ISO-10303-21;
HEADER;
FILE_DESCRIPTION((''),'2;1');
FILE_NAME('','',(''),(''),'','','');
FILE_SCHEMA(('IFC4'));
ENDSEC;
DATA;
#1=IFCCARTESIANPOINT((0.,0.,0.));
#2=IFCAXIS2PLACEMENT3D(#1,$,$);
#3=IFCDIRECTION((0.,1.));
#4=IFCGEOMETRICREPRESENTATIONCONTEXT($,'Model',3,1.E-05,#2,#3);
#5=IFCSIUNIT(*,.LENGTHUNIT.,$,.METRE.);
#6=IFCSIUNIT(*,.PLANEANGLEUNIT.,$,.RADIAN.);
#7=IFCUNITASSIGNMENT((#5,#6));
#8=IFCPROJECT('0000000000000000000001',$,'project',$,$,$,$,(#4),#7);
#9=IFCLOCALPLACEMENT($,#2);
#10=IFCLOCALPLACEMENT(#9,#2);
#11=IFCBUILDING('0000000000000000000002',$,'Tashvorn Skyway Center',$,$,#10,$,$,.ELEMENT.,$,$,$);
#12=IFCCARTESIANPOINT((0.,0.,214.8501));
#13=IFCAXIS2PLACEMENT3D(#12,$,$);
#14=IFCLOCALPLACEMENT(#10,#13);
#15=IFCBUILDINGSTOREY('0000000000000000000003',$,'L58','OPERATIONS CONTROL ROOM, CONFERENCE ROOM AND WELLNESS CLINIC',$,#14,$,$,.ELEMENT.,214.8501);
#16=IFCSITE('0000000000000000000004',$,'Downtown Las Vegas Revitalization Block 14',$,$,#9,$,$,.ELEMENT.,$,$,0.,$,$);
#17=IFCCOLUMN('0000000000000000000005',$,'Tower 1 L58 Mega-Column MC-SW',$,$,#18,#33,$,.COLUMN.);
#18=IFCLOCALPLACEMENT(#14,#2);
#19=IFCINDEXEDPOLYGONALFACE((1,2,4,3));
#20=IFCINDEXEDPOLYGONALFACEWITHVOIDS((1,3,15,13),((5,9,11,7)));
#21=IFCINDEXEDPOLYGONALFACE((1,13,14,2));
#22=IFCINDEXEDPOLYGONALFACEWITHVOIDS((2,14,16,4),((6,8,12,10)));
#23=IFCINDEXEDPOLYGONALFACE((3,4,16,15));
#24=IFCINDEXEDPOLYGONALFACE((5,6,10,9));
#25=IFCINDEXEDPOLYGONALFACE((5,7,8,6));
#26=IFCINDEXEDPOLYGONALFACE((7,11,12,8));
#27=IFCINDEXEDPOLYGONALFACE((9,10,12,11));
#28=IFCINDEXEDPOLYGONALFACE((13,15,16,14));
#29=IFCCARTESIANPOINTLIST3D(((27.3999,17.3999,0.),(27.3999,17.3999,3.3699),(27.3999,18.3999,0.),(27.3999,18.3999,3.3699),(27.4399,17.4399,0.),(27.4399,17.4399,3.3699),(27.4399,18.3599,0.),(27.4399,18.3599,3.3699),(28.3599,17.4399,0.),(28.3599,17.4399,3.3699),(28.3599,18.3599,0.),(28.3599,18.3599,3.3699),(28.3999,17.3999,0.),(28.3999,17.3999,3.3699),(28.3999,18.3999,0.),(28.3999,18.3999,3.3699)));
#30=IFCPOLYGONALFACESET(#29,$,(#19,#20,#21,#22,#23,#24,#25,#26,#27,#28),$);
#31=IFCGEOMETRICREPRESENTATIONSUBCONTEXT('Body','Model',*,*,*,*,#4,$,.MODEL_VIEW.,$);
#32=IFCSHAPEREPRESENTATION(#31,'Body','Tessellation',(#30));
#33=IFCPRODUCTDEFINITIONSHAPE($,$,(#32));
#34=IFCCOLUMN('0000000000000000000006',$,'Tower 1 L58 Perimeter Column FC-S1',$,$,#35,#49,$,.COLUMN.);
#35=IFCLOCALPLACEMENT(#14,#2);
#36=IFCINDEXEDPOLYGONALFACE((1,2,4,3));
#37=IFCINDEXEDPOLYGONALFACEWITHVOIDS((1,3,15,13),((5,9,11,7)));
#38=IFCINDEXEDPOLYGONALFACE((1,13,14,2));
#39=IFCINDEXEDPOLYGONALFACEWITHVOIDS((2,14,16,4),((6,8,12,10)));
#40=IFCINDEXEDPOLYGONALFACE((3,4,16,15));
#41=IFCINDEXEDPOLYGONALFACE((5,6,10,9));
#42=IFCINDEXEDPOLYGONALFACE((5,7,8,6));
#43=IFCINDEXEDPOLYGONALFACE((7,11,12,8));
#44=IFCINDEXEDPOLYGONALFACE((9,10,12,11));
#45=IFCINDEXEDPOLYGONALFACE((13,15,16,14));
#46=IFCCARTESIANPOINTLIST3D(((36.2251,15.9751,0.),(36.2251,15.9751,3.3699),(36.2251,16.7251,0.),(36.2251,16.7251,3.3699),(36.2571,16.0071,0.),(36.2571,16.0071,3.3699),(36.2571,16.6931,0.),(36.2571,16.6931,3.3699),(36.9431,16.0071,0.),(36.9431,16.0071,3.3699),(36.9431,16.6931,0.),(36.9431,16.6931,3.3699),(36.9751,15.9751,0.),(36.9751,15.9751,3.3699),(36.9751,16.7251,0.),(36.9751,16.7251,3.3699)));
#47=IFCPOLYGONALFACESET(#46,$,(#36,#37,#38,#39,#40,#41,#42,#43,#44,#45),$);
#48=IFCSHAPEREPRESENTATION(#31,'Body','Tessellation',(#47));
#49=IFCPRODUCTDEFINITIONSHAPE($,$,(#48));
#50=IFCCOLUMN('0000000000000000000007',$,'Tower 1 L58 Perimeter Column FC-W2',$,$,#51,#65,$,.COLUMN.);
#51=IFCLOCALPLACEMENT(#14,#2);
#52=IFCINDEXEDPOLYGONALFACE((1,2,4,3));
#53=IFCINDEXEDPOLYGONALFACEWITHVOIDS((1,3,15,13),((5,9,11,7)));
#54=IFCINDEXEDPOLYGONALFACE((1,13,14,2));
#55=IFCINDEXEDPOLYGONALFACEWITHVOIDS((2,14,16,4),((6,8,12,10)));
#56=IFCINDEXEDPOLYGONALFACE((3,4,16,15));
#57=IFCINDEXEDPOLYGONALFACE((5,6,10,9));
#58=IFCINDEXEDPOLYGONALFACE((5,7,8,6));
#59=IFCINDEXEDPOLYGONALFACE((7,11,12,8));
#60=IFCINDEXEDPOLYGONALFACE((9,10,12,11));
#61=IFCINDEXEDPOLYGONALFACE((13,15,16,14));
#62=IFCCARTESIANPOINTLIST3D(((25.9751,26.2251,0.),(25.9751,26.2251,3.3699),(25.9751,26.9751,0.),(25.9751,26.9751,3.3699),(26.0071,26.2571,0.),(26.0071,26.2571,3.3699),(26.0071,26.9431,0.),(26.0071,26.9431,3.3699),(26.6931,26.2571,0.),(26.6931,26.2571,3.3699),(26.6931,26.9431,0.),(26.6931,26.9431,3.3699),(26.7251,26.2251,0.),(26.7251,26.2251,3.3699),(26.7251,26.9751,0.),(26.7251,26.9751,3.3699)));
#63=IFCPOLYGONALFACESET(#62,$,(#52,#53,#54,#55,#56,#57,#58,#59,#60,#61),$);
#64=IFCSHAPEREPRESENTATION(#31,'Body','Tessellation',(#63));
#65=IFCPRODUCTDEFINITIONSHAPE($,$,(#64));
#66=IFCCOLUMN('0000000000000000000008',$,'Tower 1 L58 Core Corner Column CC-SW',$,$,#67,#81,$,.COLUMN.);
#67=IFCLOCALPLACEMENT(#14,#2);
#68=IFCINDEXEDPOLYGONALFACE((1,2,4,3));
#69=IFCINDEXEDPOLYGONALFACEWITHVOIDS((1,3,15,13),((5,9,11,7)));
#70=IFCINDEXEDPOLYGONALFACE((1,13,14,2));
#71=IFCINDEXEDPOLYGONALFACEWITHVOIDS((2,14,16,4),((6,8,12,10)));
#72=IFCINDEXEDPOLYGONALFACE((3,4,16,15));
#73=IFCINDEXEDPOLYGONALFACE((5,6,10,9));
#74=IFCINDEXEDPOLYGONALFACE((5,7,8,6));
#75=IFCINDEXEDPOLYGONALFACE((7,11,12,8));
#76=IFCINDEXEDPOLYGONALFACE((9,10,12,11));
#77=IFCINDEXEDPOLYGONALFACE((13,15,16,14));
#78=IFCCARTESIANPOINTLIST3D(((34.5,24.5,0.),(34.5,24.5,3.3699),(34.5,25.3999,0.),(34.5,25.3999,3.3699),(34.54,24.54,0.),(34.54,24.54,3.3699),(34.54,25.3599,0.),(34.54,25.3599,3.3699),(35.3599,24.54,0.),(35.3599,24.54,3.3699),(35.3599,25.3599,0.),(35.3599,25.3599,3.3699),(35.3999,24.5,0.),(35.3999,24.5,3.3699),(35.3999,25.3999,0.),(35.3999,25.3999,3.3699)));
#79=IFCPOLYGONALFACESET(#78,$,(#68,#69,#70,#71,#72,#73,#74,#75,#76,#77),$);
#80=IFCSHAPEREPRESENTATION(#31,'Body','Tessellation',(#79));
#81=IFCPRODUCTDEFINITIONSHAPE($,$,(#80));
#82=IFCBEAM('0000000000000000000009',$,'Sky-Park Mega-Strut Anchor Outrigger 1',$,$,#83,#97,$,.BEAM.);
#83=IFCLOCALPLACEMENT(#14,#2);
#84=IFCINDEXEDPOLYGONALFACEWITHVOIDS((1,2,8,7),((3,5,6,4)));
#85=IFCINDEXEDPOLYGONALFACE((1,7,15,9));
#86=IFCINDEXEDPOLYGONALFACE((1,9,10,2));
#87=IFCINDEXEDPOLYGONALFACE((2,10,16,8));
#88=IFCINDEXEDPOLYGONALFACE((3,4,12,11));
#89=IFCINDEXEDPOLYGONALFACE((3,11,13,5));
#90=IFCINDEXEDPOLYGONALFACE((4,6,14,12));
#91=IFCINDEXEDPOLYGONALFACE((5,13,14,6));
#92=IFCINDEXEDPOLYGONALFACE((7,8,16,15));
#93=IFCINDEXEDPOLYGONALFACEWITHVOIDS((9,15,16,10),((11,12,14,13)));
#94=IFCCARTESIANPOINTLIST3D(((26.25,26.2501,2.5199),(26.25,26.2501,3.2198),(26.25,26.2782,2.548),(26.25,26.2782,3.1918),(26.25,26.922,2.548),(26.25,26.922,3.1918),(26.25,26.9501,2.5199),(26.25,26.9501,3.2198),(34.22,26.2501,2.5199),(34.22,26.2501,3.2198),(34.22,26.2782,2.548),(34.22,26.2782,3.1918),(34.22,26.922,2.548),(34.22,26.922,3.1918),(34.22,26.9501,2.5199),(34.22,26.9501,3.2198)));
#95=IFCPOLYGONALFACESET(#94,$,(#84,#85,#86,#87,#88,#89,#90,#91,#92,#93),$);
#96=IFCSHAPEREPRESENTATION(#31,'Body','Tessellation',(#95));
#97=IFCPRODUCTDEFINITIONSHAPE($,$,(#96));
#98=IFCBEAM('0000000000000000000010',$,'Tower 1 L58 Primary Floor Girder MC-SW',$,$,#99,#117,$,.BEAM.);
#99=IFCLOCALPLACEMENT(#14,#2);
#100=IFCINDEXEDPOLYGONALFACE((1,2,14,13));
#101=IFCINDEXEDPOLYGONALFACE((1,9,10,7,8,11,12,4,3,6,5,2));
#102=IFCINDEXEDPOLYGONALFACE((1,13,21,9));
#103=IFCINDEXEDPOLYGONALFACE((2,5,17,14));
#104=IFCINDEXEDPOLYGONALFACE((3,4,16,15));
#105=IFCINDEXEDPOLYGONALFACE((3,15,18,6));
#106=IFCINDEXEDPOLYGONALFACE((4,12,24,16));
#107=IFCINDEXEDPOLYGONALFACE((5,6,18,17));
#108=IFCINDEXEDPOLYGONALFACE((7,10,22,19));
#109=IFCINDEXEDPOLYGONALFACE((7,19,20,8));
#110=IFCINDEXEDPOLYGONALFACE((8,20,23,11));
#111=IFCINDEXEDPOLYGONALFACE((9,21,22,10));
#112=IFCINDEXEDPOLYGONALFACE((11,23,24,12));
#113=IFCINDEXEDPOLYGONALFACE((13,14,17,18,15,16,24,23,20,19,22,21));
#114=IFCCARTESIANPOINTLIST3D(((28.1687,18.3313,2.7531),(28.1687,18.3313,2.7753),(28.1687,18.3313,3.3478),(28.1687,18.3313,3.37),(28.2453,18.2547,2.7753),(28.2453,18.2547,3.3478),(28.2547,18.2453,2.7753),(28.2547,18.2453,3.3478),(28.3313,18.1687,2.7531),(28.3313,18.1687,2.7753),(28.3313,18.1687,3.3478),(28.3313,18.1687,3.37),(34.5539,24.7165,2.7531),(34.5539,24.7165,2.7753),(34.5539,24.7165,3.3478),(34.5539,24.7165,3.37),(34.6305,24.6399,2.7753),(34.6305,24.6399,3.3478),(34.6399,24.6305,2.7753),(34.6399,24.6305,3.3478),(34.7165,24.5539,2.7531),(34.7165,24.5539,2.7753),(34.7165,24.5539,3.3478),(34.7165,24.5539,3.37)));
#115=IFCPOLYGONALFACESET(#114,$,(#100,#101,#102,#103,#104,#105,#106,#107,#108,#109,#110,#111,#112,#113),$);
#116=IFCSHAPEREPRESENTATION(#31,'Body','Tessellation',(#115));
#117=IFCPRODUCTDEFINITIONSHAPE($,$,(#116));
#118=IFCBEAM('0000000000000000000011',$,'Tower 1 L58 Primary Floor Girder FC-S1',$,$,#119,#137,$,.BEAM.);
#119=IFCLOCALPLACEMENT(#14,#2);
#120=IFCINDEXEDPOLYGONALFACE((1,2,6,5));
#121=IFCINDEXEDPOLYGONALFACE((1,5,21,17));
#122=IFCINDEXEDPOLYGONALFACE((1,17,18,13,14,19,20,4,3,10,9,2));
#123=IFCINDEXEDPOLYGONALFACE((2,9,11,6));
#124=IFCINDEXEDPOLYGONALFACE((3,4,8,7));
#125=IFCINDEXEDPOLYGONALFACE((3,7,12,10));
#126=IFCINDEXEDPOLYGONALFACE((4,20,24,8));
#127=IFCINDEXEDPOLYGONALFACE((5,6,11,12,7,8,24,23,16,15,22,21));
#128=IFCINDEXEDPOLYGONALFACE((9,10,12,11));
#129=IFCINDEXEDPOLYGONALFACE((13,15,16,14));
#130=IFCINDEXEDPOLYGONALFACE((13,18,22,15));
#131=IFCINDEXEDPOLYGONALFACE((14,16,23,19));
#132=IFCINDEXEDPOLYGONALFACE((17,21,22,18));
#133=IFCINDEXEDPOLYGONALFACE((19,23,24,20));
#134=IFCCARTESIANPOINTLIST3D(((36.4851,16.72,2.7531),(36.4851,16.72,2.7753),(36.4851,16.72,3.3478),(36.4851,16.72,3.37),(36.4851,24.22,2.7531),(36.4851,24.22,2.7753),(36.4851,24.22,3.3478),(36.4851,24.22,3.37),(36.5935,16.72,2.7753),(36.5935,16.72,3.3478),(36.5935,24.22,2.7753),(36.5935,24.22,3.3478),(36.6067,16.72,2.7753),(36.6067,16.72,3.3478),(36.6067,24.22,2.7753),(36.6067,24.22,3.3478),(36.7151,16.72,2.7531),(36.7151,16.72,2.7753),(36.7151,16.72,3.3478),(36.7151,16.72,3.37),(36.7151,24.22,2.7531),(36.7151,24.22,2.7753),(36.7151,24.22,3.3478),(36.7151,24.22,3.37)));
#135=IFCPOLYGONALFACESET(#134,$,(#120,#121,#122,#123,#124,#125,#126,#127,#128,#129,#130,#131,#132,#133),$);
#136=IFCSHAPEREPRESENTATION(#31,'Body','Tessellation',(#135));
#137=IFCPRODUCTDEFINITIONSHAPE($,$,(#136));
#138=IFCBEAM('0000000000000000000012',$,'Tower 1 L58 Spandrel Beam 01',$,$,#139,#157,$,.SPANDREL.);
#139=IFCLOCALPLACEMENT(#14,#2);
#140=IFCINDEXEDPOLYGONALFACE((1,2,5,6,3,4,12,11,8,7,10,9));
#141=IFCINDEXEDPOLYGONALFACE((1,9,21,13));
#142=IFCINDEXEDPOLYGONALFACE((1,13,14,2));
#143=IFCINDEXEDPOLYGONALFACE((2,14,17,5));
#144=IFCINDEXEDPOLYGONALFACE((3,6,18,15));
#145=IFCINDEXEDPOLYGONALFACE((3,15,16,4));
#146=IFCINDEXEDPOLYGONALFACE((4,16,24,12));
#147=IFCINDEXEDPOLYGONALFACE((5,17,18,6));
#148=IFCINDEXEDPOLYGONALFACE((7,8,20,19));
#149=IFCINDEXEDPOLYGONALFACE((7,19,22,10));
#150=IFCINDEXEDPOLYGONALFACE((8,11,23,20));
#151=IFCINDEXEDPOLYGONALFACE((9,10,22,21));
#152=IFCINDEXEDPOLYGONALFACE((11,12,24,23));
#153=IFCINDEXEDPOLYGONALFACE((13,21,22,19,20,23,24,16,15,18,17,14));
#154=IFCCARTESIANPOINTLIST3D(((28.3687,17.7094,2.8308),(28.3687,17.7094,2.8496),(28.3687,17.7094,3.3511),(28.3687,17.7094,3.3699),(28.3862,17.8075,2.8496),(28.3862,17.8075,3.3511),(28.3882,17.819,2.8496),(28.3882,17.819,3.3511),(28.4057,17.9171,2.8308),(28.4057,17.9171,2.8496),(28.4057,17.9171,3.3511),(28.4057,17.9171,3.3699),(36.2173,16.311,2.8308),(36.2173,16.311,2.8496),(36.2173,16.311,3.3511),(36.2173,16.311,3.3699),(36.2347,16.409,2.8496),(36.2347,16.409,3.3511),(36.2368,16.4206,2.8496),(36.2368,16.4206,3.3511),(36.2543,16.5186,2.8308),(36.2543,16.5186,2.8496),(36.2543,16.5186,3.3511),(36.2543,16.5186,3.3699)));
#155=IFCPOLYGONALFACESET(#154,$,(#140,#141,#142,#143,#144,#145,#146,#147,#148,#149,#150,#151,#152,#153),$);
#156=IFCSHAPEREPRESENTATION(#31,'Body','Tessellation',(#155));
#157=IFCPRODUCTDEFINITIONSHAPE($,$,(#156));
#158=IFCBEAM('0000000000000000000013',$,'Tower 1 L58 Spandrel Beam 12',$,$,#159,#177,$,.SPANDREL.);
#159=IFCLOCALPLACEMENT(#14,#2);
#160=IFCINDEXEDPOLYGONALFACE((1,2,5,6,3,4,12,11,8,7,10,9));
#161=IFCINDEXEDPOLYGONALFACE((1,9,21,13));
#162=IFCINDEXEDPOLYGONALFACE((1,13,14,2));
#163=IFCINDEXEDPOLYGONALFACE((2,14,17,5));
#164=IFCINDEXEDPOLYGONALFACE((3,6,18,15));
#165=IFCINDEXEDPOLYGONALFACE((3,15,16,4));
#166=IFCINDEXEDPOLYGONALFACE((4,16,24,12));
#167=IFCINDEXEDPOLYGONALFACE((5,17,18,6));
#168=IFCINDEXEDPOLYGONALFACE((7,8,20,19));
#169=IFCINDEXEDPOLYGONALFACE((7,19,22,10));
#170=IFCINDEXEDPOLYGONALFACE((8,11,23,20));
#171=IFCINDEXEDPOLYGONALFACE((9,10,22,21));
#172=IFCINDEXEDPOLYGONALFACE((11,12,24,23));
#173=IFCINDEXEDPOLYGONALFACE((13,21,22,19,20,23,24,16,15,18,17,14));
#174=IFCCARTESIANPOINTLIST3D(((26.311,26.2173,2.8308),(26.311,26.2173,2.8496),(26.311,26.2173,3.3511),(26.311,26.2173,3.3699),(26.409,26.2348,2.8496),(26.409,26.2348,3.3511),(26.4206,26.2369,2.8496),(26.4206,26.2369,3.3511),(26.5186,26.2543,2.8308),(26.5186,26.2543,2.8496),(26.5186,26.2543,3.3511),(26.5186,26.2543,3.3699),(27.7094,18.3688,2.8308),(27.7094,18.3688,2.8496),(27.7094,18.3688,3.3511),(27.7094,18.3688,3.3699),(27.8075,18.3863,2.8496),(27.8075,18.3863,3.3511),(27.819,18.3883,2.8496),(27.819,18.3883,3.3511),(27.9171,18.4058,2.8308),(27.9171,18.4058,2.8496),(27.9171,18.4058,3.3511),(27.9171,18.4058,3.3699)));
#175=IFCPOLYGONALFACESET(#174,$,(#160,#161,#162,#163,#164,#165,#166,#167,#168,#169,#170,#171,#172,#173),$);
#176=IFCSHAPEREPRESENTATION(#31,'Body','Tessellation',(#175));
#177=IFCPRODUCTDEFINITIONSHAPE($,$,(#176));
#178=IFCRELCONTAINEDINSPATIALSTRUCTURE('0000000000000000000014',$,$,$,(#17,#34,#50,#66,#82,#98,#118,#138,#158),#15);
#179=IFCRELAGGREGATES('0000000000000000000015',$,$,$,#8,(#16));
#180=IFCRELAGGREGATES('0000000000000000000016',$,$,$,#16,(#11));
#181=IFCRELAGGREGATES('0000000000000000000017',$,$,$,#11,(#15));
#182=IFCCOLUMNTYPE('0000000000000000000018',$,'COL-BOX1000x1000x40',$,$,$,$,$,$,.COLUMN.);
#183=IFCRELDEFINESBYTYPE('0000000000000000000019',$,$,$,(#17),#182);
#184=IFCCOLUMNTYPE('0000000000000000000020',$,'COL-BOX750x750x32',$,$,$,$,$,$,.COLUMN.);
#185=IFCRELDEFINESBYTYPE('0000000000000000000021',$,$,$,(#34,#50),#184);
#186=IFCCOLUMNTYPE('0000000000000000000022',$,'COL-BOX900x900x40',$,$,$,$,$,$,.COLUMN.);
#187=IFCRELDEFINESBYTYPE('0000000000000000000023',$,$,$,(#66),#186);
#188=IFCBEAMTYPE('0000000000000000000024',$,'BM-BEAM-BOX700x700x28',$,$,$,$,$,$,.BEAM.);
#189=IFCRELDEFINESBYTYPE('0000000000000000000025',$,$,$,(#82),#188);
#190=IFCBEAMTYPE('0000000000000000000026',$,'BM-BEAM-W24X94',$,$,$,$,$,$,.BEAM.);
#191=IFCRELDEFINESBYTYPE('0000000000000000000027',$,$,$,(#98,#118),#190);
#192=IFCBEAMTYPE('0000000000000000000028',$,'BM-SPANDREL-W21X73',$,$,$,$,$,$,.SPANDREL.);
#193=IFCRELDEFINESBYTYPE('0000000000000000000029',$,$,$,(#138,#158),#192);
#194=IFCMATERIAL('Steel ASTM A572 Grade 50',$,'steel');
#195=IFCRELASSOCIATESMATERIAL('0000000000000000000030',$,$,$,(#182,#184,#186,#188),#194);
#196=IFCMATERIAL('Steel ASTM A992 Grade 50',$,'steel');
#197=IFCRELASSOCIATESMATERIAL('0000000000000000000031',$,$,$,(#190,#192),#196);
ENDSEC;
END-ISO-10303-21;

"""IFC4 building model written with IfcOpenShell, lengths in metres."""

from ifc_helpers import new_model, si_unit, direction, frame, origin, origin_2d, place, context, subcontext, project, spatial, hollow_rectangle, i_section, extrude, material, material_profile, profile_set, type_object, element, save


model = new_model("IFC4")

# Units and contexts
model_context = context("Model", 3, precision=1e-05, world=origin(), true_north=direction((0.0, 1.0)))
body_context = subcontext(model_context, "Body", "Model", "MODEL_VIEW")
ifc_project = project(units=[si_unit("LENGTHUNIT", "METRE"), si_unit("PLANEANGLEUNIT", "RADIAN")], contexts=[model_context])

# Site, building, storey
site_placement = place(None, origin())
site = spatial("IfcSite", under=ifc_project, at=site_placement, Name="Downtown Las Vegas Revitalization Block 14", CompositionType="ELEMENT", RefElevation=0.0)
building_placement = place(site_placement, origin())
building = spatial("IfcBuilding", under=site, at=building_placement, Name="Tashvorn Skyway Center", CompositionType="ELEMENT")
storey_placement = place(building_placement, frame((0.0, 0.0, 214.8501)))
storey = spatial("IfcBuildingStorey", under=building, at=storey_placement, Name="L58", Description="OPERATIONS CONTROL ROOM, CONFERENCE ROOM AND WELLNESS CLINIC", CompositionType="ELEMENT", Elevation=214.8501)

# Columns
ifc_material_1 = material(Name="Steel ASTM A572 Grade 50", Category="steel")
ifc_material_profile_1 = material_profile(ifc_material_1, hollow_rectangle(XDim=1.0, YDim=1.0, WallThickness=0.04, at=origin_2d()), Name="BOX1000x1000x40")
ifc_profile_set_1 = profile_set([ifc_material_profile_1], Name="Steel ASTM A572 Grade 50")
column_type_1 = type_object("IfcColumnType", Name="COL-BOX1000x1000x40", PredefinedType="COLUMN", material=ifc_profile_set_1)
column_1_placement = place(storey_placement, frame((27.8999, 17.8999, 0.0), z_axis=(0.0, 0.0, 1.0), x_axis=(1.0, 0.0, 0.0)))
element("IfcColumn", 1, at=column_1_placement, inside=storey, type_object=column_type_1, Name="Tower 1 L58 Mega-Column MC-SW", PredefinedType="COLUMN", context=body_context, shape_type="SweptSolid", body=[
    extrude(hollow_rectangle(XDim=1.0, YDim=1.0, WallThickness=0.04, at=origin_2d()), origin(), (0.0, 0.0, 1.0), 3.3699),
])
ifc_material_profile_2 = material_profile(ifc_material_1, hollow_rectangle(XDim=0.75, YDim=0.75, WallThickness=0.032, at=origin_2d()), Name="BOX750x750x32")
ifc_profile_set_2 = profile_set([ifc_material_profile_2], Name="Steel ASTM A572 Grade 50")
column_type_2 = type_object("IfcColumnType", Name="COL-BOX750x750x32", PredefinedType="COLUMN", material=ifc_profile_set_2)
for number, where, z_axis, x_axis, name in (
    (2, (36.6001, 16.3501, 0.0), (0.0, 0.0, 1.0), (1.0, 0.0, 0.0), "Tower 1 L58 Perimeter Column FC-S1"),
    (3, (26.3501, 26.6001, 0.0), (0.0, 0.0, 1.0), (1.0, 0.0, 0.0), "Tower 1 L58 Perimeter Column FC-W2"),
):
    element("IfcColumn", number, at=place(storey_placement, frame(where, z_axis=z_axis, x_axis=x_axis)), inside=storey, type_object=column_type_2, Name=name, PredefinedType="COLUMN", context=body_context, shape_type="SweptSolid", body=[
        extrude(hollow_rectangle(XDim=0.75, YDim=0.75, WallThickness=0.032, at=origin_2d()), origin(), (0.0, 0.0, 1.0), 3.3699),
    ])
ifc_material_profile_3 = material_profile(ifc_material_1, hollow_rectangle(XDim=0.8999, YDim=0.8999, WallThickness=0.04, at=origin_2d()), Name="BOX900x900x40")
ifc_profile_set_3 = profile_set([ifc_material_profile_3], Name="Steel ASTM A572 Grade 50")
column_type_3 = type_object("IfcColumnType", Name="COL-BOX900x900x40", PredefinedType="COLUMN", material=ifc_profile_set_3)
column_2_placement = place(storey_placement, frame((34.95, 24.95, 0.0), z_axis=(0.0, 0.0, 1.0), x_axis=(1.0, 0.0, 0.0)))
element("IfcColumn", 4, at=column_2_placement, inside=storey, type_object=column_type_3, Name="Tower 1 L58 Core Corner Column CC-SW", PredefinedType="COLUMN", context=body_context, shape_type="SweptSolid", body=[
    extrude(hollow_rectangle(XDim=0.8999, YDim=0.8999, WallThickness=0.04, at=origin_2d()), origin(), (0.0, 0.0, 1.0), 3.3699),
])

# Beams
ifc_material_profile_4 = material_profile(ifc_material_1, hollow_rectangle(XDim=0.7, YDim=0.7, WallThickness=0.0281, at=origin_2d()), Name="BOX700x700x28")
ifc_profile_set_4 = profile_set([ifc_material_profile_4], Name="Steel ASTM A572 Grade 50")
beam_type_1 = type_object("IfcBeamType", Name="BM-BEAM-BOX700x700x28", PredefinedType="BEAM", material=ifc_profile_set_4)
beam_1_placement = place(storey_placement, frame((34.22, 26.6001, 2.8699), z_axis=(-1.0, 0.0, 0.0), x_axis=(0.0, -1.0, 0.0)))
element("IfcBeam", 5, at=beam_1_placement, inside=storey, type_object=beam_type_1, Name="Sky-Park Mega-Strut Anchor Outrigger 1", PredefinedType="BEAM", context=body_context, shape_type="SweptSolid", body=[
    extrude(hollow_rectangle(XDim=0.7, YDim=0.7, WallThickness=0.0281, at=origin_2d()), origin(), (0.0, 0.0, 1.0), 7.97),
])
ifc_material_2 = material(Name="Steel ASTM A992 Grade 50", Category="steel")
ifc_material_profile_5 = material_profile(ifc_material_2, i_section(OverallWidth=0.23, OverallDepth=0.6169, WebThickness=0.0132, FlangeThickness=0.0222, at=origin_2d()), Name="W24X94")
ifc_profile_set_5 = profile_set([ifc_material_profile_5], Name="Steel ASTM A992 Grade 50")
beam_type_2 = type_object("IfcBeamType", Name="BM-BEAM-W24X94", PredefinedType="BEAM", material=ifc_profile_set_5)
beam_2_placement = place(storey_placement, frame((28.25, 18.25, 3.0615), z_axis=(0.707107, 0.707107, 0.0), x_axis=(-0.707107, 0.707107, 0.0)))
element("IfcBeam", 6, at=beam_2_placement, inside=storey, type_object=beam_type_2, Name="Tower 1 L58 Primary Floor Girder MC-SW", PredefinedType="BEAM", context=body_context, shape_type="SweptSolid", body=[
    extrude(i_section(OverallWidth=0.23, OverallDepth=0.6169, WebThickness=0.0132, FlangeThickness=0.0222, at=origin_2d()), origin(), (0.0, 0.0, 1.0), 9.03),
])
beam_3_placement = place(storey_placement, frame((36.6001, 16.72, 3.0615), z_axis=(0.0, 1.0, 0.0), x_axis=(-1.0, 0.0, 0.0)))
element("IfcBeam", 7, at=beam_3_placement, inside=storey, type_object=beam_type_2, Name="Tower 1 L58 Primary Floor Girder FC-S1", PredefinedType="BEAM", context=body_context, shape_type="SweptSolid", body=[
    extrude(i_section(OverallWidth=0.23, OverallDepth=0.6169, WebThickness=0.0132, FlangeThickness=0.0222, at=origin_2d()), origin(), (0.0, 0.0, 1.0), 7.5),
])
ifc_material_profile_6 = material_profile(ifc_material_2, i_section(OverallWidth=0.2109, OverallDepth=0.5391, WebThickness=0.0117, FlangeThickness=0.0188, at=origin_2d()), Name="W21X73")
ifc_profile_set_6 = profile_set([ifc_material_profile_6], Name="Steel ASTM A992 Grade 50")
beam_type_3 = type_object("IfcBeamType", Name="BM-SPANDREL-W21X73", PredefinedType="SPANDREL", material=ifc_profile_set_6)
for number, where, z_axis, x_axis, name in (
    (8, (28.3872, 17.8132, 3.1003), (0.984495, -0.175413, 0.0), (0.175413, 0.984495, 0.0), "Tower 1 L58 Spandrel Beam 01"),
    (9, (26.4148, 26.2358, 3.1003), (0.175413, -0.984495, 0.0), (0.984495, 0.175413, 0.0), "Tower 1 L58 Spandrel Beam 12"),
):
    element("IfcBeam", number, at=place(storey_placement, frame(where, z_axis=z_axis, x_axis=x_axis)), inside=storey, type_object=beam_type_3, Name=name, PredefinedType="SPANDREL", context=body_context, shape_type="SweptSolid", body=[
        extrude(i_section(OverallWidth=0.2109, OverallDepth=0.5391, WebThickness=0.0117, FlangeThickness=0.0188, at=origin_2d()), origin(), (0.0, 0.0, 1.0), 7.9722),
    ])

save(model, "model.ifc")
